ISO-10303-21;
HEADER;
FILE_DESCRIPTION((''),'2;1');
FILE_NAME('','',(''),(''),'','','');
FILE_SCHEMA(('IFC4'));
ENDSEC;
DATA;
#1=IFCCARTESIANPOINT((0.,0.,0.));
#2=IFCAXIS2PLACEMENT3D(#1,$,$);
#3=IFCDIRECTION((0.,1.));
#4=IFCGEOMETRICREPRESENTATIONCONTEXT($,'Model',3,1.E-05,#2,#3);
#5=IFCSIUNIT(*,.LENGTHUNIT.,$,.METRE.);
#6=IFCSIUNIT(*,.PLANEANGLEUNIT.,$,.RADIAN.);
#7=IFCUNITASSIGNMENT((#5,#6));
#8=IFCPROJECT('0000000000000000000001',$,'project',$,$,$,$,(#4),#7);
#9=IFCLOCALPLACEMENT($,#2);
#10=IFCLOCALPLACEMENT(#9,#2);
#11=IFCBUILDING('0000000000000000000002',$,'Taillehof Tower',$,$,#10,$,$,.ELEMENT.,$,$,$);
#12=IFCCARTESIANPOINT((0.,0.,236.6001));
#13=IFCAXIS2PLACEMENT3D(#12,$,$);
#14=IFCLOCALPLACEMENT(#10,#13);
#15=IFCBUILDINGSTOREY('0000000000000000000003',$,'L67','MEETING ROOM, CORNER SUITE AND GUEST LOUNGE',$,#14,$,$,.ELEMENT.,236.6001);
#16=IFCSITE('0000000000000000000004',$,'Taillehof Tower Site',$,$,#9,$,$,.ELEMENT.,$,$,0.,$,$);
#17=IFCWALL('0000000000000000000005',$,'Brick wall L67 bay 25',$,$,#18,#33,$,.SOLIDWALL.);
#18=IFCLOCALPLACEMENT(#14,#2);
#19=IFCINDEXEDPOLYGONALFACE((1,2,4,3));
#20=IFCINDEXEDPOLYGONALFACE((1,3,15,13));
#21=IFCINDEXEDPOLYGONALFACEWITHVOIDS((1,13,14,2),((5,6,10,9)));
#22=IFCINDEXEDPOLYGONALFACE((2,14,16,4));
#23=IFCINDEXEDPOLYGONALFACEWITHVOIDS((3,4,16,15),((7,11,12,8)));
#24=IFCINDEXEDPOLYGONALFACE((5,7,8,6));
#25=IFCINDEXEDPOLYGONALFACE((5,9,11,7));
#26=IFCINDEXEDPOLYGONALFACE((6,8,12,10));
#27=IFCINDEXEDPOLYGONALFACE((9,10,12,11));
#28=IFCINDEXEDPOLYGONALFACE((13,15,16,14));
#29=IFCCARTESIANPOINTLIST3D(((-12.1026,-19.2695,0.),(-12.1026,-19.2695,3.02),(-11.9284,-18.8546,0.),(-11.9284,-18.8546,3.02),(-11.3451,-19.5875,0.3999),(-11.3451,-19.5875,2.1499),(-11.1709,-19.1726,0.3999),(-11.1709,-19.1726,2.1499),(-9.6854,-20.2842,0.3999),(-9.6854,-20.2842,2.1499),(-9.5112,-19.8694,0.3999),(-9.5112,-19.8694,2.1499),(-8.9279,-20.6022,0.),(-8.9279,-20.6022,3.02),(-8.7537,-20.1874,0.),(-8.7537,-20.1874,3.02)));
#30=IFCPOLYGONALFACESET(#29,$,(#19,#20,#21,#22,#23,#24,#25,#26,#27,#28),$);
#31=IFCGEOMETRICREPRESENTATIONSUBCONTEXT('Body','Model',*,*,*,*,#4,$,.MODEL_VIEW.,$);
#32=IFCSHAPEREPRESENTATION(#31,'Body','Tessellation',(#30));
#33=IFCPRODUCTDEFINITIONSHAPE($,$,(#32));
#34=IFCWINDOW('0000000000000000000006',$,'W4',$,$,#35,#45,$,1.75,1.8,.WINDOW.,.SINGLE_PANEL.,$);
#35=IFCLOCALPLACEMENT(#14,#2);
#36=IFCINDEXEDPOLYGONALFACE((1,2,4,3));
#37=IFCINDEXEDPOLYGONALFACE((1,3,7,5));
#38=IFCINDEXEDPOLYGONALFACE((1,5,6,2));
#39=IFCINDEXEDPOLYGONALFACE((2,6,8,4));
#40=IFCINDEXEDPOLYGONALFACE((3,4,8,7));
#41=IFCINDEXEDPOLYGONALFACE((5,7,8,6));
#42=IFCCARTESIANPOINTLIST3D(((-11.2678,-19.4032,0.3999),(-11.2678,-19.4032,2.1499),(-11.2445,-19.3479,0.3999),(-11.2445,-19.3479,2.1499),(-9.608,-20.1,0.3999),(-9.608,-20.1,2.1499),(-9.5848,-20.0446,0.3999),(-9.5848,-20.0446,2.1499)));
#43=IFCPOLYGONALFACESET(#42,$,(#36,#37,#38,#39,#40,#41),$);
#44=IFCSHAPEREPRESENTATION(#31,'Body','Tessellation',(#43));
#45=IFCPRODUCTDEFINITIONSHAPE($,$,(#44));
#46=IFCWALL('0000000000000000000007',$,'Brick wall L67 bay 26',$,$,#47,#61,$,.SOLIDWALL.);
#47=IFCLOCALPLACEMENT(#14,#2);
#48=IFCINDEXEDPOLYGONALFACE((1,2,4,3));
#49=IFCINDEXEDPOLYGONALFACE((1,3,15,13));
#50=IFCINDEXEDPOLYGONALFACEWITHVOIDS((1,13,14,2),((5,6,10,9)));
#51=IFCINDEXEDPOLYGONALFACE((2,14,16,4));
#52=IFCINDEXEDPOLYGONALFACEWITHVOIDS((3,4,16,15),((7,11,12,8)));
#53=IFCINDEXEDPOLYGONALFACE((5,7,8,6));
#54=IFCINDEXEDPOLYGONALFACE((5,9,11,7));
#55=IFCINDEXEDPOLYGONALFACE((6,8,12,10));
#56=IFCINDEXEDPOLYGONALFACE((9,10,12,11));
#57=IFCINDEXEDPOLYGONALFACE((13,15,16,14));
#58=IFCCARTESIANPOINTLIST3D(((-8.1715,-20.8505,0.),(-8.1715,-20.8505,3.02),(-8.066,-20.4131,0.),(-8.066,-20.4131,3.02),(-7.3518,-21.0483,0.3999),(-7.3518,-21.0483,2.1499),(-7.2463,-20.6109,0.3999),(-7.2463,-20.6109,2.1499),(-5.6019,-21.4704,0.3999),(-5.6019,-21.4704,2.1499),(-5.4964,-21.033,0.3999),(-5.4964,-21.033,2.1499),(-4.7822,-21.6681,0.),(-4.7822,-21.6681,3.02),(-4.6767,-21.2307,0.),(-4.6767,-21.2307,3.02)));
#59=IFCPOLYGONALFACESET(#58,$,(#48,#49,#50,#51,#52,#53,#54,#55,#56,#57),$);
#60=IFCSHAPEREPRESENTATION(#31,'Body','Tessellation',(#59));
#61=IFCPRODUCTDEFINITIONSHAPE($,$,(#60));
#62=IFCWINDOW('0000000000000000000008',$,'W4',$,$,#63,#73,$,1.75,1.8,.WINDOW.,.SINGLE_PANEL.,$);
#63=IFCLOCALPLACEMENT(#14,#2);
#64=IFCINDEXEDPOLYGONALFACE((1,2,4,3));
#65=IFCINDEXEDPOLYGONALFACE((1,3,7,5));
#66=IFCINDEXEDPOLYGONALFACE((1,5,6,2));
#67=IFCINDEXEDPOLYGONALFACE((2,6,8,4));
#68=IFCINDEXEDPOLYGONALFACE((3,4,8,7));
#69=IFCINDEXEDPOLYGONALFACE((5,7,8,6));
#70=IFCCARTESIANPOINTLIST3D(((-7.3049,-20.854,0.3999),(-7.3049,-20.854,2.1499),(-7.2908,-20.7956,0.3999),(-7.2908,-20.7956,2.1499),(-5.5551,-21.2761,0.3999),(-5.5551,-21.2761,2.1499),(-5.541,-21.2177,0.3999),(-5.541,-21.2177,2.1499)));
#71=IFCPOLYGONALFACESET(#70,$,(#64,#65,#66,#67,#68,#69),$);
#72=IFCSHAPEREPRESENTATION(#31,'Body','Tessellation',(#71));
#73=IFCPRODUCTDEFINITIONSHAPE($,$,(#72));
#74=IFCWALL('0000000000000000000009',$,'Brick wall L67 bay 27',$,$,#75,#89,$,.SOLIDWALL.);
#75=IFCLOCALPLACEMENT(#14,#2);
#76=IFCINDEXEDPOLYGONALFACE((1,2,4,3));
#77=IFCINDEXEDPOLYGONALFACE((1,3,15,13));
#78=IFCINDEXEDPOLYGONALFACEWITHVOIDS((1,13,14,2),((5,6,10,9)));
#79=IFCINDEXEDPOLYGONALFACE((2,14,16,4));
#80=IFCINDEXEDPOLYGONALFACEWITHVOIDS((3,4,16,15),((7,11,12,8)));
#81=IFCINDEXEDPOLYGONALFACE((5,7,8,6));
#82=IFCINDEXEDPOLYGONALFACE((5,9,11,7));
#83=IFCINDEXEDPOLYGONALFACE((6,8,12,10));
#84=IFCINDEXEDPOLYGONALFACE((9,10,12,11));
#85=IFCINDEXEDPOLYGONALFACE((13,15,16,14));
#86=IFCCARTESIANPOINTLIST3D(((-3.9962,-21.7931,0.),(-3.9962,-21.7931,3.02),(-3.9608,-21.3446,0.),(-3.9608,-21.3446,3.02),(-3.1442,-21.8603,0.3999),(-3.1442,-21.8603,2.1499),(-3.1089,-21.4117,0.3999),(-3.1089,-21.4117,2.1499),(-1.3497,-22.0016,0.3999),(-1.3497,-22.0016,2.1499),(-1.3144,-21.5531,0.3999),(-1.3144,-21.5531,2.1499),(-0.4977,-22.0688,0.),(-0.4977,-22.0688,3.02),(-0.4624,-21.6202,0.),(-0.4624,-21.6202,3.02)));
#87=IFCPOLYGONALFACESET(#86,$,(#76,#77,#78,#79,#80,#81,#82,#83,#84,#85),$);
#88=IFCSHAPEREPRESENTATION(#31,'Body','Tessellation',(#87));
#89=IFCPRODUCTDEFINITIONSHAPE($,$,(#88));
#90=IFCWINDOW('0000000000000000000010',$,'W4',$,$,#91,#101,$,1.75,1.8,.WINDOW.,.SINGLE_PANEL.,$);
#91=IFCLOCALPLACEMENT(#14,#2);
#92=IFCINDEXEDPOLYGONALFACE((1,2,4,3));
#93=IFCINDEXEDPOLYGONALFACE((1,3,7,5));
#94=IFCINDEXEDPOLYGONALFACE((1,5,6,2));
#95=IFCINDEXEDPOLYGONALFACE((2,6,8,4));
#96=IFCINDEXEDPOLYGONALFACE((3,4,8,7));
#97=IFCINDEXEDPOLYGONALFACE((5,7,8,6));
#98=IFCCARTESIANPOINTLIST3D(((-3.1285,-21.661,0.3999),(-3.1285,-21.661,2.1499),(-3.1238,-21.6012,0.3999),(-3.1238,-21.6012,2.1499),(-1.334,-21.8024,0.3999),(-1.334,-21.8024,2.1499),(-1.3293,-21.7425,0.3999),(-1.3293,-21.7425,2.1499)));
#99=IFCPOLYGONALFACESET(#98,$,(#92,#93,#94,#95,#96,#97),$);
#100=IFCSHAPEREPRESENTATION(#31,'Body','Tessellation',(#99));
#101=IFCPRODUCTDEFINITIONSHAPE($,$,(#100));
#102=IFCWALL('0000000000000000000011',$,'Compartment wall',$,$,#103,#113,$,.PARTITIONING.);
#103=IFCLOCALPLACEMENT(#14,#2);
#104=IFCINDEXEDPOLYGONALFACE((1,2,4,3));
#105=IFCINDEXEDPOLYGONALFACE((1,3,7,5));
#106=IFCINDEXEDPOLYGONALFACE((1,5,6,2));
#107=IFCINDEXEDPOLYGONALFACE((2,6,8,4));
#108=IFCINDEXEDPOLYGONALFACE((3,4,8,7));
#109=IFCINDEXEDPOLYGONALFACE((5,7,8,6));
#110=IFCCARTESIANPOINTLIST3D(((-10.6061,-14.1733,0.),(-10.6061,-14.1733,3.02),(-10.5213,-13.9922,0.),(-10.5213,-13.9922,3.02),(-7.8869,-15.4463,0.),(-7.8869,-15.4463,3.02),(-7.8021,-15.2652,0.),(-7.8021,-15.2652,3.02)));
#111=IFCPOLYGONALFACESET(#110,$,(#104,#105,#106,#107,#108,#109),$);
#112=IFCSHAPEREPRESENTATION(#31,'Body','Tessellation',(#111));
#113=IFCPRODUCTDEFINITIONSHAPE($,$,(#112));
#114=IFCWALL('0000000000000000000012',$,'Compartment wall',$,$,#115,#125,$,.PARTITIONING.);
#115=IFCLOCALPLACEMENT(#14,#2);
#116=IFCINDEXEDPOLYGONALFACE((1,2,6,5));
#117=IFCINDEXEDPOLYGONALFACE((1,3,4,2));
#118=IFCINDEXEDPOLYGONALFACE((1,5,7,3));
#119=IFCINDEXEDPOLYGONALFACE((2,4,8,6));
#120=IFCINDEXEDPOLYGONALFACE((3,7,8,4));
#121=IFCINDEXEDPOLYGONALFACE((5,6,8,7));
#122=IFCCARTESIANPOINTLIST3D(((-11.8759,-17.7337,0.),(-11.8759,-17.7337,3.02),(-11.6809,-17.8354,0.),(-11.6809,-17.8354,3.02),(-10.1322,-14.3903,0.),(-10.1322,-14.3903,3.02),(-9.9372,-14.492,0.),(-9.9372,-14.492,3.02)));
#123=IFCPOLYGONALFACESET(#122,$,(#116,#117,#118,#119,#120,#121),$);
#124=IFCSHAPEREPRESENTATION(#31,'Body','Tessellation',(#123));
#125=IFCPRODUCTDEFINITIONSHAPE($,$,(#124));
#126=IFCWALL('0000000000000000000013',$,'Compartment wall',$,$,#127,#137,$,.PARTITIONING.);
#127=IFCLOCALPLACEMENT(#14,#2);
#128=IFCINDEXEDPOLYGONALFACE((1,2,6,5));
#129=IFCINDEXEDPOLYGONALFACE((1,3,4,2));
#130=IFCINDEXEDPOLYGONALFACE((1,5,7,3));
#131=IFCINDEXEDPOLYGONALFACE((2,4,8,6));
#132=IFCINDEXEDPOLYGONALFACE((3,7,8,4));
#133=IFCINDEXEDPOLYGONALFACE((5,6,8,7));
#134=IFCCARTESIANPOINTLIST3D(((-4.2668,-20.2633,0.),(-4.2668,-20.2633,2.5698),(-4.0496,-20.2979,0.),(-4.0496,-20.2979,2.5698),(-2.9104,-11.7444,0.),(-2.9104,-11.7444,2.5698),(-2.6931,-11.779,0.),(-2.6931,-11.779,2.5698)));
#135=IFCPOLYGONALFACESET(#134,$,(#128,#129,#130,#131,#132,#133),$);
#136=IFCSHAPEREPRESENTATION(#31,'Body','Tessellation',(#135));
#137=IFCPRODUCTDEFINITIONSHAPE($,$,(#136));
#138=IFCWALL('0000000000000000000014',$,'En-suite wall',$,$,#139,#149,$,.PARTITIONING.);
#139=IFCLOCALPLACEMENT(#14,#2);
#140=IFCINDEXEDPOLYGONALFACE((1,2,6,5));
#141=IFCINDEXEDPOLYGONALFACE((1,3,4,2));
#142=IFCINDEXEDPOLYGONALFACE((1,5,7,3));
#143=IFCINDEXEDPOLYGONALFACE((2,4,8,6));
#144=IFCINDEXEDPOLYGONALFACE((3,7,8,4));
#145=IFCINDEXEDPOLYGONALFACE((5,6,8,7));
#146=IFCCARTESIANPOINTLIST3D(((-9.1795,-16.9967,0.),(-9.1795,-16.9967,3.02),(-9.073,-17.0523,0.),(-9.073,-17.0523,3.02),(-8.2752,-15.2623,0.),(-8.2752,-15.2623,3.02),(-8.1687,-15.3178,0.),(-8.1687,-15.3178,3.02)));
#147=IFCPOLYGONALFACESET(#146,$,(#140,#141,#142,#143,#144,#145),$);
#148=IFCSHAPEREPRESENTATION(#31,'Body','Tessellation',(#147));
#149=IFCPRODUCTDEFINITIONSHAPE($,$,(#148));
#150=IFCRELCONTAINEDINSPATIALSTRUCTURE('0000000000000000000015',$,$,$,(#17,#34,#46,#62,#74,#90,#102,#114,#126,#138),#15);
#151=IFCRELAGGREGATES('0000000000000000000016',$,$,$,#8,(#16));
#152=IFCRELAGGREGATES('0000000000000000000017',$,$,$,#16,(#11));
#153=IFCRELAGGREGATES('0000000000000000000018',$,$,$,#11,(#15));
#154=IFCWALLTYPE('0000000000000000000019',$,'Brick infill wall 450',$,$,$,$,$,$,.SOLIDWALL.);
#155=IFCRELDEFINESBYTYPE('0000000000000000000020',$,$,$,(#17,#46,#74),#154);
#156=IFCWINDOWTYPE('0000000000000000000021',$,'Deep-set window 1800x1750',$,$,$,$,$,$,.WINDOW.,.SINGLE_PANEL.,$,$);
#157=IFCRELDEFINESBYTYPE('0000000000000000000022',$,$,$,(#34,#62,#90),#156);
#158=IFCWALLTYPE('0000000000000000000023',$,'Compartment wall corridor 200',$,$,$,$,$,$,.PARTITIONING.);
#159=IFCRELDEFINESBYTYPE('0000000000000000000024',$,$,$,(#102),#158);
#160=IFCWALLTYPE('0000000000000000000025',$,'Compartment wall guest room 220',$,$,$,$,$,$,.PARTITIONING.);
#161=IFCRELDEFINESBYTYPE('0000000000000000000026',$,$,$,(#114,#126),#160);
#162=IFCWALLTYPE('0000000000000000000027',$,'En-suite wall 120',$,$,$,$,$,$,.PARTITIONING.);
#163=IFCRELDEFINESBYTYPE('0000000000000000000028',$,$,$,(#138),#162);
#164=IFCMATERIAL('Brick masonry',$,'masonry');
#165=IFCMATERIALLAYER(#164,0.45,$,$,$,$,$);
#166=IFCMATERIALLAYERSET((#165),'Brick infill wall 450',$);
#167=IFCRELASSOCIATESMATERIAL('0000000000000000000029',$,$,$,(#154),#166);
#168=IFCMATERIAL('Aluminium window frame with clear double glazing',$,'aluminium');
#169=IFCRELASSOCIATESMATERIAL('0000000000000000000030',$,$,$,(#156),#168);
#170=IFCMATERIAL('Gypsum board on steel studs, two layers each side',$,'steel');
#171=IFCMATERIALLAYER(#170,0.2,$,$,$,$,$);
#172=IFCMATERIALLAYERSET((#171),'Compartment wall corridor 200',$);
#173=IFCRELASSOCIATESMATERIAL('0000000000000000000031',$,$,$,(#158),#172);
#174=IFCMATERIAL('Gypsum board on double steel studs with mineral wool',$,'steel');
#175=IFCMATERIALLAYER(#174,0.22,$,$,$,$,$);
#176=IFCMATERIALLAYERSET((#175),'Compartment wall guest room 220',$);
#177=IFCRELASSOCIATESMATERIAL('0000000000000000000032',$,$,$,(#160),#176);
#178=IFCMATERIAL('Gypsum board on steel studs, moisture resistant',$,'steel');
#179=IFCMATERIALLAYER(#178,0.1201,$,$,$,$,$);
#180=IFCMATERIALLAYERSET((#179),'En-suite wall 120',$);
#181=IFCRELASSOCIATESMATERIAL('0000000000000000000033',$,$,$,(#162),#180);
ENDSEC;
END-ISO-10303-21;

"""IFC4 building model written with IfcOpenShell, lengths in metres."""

from ifc_helpers import new_model, si_unit, direction, frame, frame_2d, origin, place, context, subcontext, project, spatial, rectangle, extrude, material, layer, layer_set, type_object, element, fill, save


model = new_model("IFC4")

# Units and contexts
model_context = context("Model", 3, precision=1e-05, world=origin(), true_north=direction((0.0, 1.0)))
body_context = subcontext(model_context, "Body", "Model", "MODEL_VIEW")
ifc_project = project(units=[si_unit("LENGTHUNIT", "METRE"), si_unit("PLANEANGLEUNIT", "RADIAN")], contexts=[model_context])

# Site, building, storey
site_placement = place(None, origin())
site = spatial("IfcSite", under=ifc_project, at=site_placement, Name="Taillehof Tower Site", CompositionType="ELEMENT", RefElevation=0.0)
building_placement = place(site_placement, origin())
building = spatial("IfcBuilding", under=site, at=building_placement, Name="Taillehof Tower", CompositionType="ELEMENT")
storey_placement = place(building_placement, frame((0.0, 0.0, 236.6001)))
storey = spatial("IfcBuildingStorey", under=building, at=storey_placement, Name="L67", Description="MEETING ROOM, CORNER SUITE AND GUEST LOUNGE", CompositionType="ELEMENT", Elevation=236.6001)

# Walls, openings, windows
ifc_material_1 = material(Name="Brick masonry", Category="masonry")
ifc_layer_1 = layer(ifc_material_1, 0.45)
ifc_layer_set_1 = layer_set([ifc_layer_1], Name="Brick infill wall 450")
wall_type_1 = type_object("IfcWallType", Name="Brick infill wall 450", PredefinedType="SOLIDWALL", material=ifc_layer_set_1)
wall_1_placement = place(storey_placement, frame((-12.0156, -19.062, 0.0), z_axis=(0.0, 0.0, 1.0), x_axis=(0.92205, -0.387071, 0.0)))
wall_1 = element("IfcWall", 1, at=wall_1_placement, inside=storey, type_object=wall_type_1, Name="Brick wall L67 bay 25", PredefinedType="SOLIDWALL", context=body_context, shape_type="SweptSolid", body=[
    extrude(rectangle(XDim=3.4431, YDim=0.45, at=frame_2d((1.7217, 0.0))), origin(), (0.0, 0.0, 1.0), 3.02),
])
opening_1_placement = place(wall_1_placement, frame((0.8218, 0.0, 0.3999)))
opening_1 = element("IfcOpeningElement", 2, at=opening_1_placement, cuts=wall_1, PredefinedType="OPENING", context=body_context, shape_type="SweptSolid", body=[
    extrude(rectangle(XDim=1.8, YDim=1.75, at=frame_2d((0.8999, 0.875))), frame((0.0, 0.2349, 0.0), z_axis=(0.0, -1.0, 0.0), x_axis=(1.0, 0.0, 0.0)), (0.0, 0.0, 1.0), 0.47),
])
ifc_material_2 = material(Name="Aluminium window frame with clear double glazing", Category="aluminium")
window_type = type_object("IfcWindowType", Name="Deep-set window 1800x1750", PartitioningType="SINGLE_PANEL", PredefinedType="WINDOW", material=ifc_material_2)
window_1_placement = place(opening_1_placement, origin())
window_1 = element("IfcWindow", 3, at=window_1_placement, inside=storey, type_object=window_type, Name="W4", OverallHeight=1.75, OverallWidth=1.8, PartitioningType="SINGLE_PANEL", PredefinedType="WINDOW", context=body_context, shape_type="SweptSolid", body=[
    extrude(rectangle(XDim=1.8, YDim=1.75, at=frame_2d((0.8999, 0.875))), frame((0.0, 0.0349, 0.0), z_axis=(0.0, -1.0, 0.0), x_axis=(1.0, 0.0, 0.0)), (0.0, 0.0, 1.0), 0.0601),
])
fill(opening_1, window_1)
wall_2_placement = place(storey_placement, frame((-8.1187, -20.6318, 0.0), z_axis=(0.0, 0.0, 1.0), x_axis=(0.972115, -0.234504, 0.0)))
wall_2 = element("IfcWall", 4, at=wall_2_placement, inside=storey, type_object=wall_type_1, Name="Brick wall L67 bay 26", PredefinedType="SOLIDWALL", context=body_context, shape_type="SweptSolid", body=[
    extrude(rectangle(XDim=3.4866, YDim=0.45, at=frame_2d((1.7432, 0.0))), origin(), (0.0, 0.0, 1.0), 3.02),
])
opening_2_placement = place(wall_2_placement, frame((0.8433, 0.0, 0.3999)))
opening_2 = element("IfcOpeningElement", 5, at=opening_2_placement, cuts=wall_2, PredefinedType="OPENING", context=body_context, shape_type="SweptSolid", body=[
    extrude(rectangle(XDim=1.8, YDim=1.75, at=frame_2d((0.8999, 0.875))), frame((0.0, 0.2349, 0.0), z_axis=(0.0, -1.0, 0.0), x_axis=(1.0, 0.0, 0.0)), (0.0, 0.0, 1.0), 0.47),
])
window_2_placement = place(opening_2_placement, origin())
window_2 = element("IfcWindow", 6, at=window_2_placement, inside=storey, type_object=window_type, Name="W4", OverallHeight=1.75, OverallWidth=1.8, PartitioningType="SINGLE_PANEL", PredefinedType="WINDOW", context=body_context, shape_type="SweptSolid", body=[
    extrude(rectangle(XDim=1.8, YDim=1.75, at=frame_2d((0.8999, 0.875))), frame((0.0, 0.0349, 0.0), z_axis=(0.0, -1.0, 0.0), x_axis=(1.0, 0.0, 0.0)), (0.0, 0.0, 1.0), 0.0601),
])
fill(opening_2, window_2)
wall_3_placement = place(storey_placement, frame((-3.9785, -21.5688, 0.0), z_axis=(0.0, 0.0, 1.0), x_axis=(0.996911, -0.078542, 0.0)))
wall_3 = element("IfcWall", 7, at=wall_3_placement, inside=storey, type_object=wall_type_1, Name="Brick wall L67 bay 27", PredefinedType="SOLIDWALL", context=body_context, shape_type="SweptSolid", body=[
    extrude(rectangle(XDim=3.5093, YDim=0.45, at=frame_2d((1.7546, 0.0))), origin(), (0.0, 0.0, 1.0), 3.02),
])
opening_3_placement = place(wall_3_placement, frame((0.8547, 0.0, 0.3999)))
opening_3 = element("IfcOpeningElement", 8, at=opening_3_placement, cuts=wall_3, PredefinedType="OPENING", context=body_context, shape_type="SweptSolid", body=[
    extrude(rectangle(XDim=1.8, YDim=1.75, at=frame_2d((0.8999, 0.875))), frame((0.0, 0.2349, 0.0), z_axis=(0.0, -1.0, 0.0), x_axis=(1.0, 0.0, 0.0)), (0.0, 0.0, 1.0), 0.47),
])
window_3_placement = place(opening_3_placement, origin())
window_3 = element("IfcWindow", 9, at=window_3_placement, inside=storey, type_object=window_type, Name="W4", OverallHeight=1.75, OverallWidth=1.8, PartitioningType="SINGLE_PANEL", PredefinedType="WINDOW", context=body_context, shape_type="SweptSolid", body=[
    extrude(rectangle(XDim=1.8, YDim=1.75, at=frame_2d((0.8999, 0.875))), frame((0.0, 0.0349, 0.0), z_axis=(0.0, -1.0, 0.0), x_axis=(1.0, 0.0, 0.0)), (0.0, 0.0, 1.0), 0.0601),
])
fill(opening_3, window_3)

# Walls
ifc_material_3 = material(Name="Gypsum board on steel studs, two layers each side", Category="steel")
ifc_layer_2 = layer(ifc_material_3, 0.2)
ifc_layer_set_2 = layer_set([ifc_layer_2], Name="Compartment wall corridor 200")
wall_type_2 = type_object("IfcWallType", Name="Compartment wall corridor 200", PredefinedType="PARTITIONING", material=ifc_layer_set_2)
wall_4_placement = place(storey_placement, frame((-7.8445, -15.3557, 0.0), z_axis=(0.0, 0.0, 1.0), x_axis=(-0.905676, 0.423971, 0.0)))
element("IfcWall", 10, at=wall_4_placement, inside=storey, type_object=wall_type_2, Name="Compartment wall", PredefinedType="PARTITIONING", context=body_context, shape_type="SweptSolid", body=[
    extrude(rectangle(XDim=3.0024, YDim=0.2, at=frame_2d((1.5012, 0.0))), origin(), (0.0, 0.0, 1.0), 3.02),
])
ifc_material_4 = material(Name="Gypsum board on double steel studs with mineral wool", Category="steel")
ifc_layer_3 = layer(ifc_material_4, 0.22)
ifc_layer_set_3 = layer_set([ifc_layer_3], Name="Compartment wall guest room 220")
wall_type_3 = type_object("IfcWallType", Name="Compartment wall guest room 220", PredefinedType="PARTITIONING", material=ifc_layer_set_3)
wall_5_placement = place(storey_placement, frame((-11.7783, -17.7844, 0.0), z_axis=(0.0, 0.0, 1.0), x_axis=(0.462429, 0.886656, 0.0)))
element("IfcWall", 11, at=wall_5_placement, inside=storey, type_object=wall_type_3, Name="Compartment wall", PredefinedType="PARTITIONING", context=body_context, shape_type="SweptSolid", body=[
    extrude(rectangle(XDim=3.7708, YDim=0.22, at=frame_2d((1.8853, 0.0))), origin(), (0.0, 0.0, 1.0), 3.02),
])
wall_6_placement = place(storey_placement, frame((-4.1582, -20.2805, 0.0), z_axis=(0.0, 0.0, 1.0), x_axis=(0.157249, 0.987559, 0.0)))
element("IfcWall", 12, at=wall_6_placement, inside=storey, type_object=wall_type_3, Name="Compartment wall", PredefinedType="PARTITIONING", context=body_context, shape_type="SweptSolid", body=[
    extrude(rectangle(XDim=8.6262, YDim=0.22, at=frame_2d((4.313, 0.0))), origin(), (0.0, 0.0, 1.0), 2.5698),
])
ifc_material_5 = material(Name="Gypsum board on steel studs, moisture resistant", Category="steel")
ifc_layer_4 = layer(ifc_material_5, 0.1201)
ifc_layer_set_4 = layer_set([ifc_layer_4], Name="En-suite wall 120")
wall_type_4 = type_object("IfcWallType", Name="En-suite wall 120", PredefinedType="PARTITIONING", material=ifc_layer_set_4)
wall_7_placement = place(storey_placement, frame((-8.2219, -15.29, 0.0), z_axis=(0.0, 0.0, 1.0), x_axis=(-0.462327, -0.886709, 0.0)))
element("IfcWall", 13, at=wall_7_placement, inside=storey, type_object=wall_type_4, Name="En-suite wall", PredefinedType="PARTITIONING", context=body_context, shape_type="SweptSolid", body=[
    extrude(rectangle(XDim=1.9561, YDim=0.1201, at=frame_2d((0.978, 0.0))), origin(), (0.0, 0.0, 1.0), 3.02),
])

save(model, "model.ifc")
